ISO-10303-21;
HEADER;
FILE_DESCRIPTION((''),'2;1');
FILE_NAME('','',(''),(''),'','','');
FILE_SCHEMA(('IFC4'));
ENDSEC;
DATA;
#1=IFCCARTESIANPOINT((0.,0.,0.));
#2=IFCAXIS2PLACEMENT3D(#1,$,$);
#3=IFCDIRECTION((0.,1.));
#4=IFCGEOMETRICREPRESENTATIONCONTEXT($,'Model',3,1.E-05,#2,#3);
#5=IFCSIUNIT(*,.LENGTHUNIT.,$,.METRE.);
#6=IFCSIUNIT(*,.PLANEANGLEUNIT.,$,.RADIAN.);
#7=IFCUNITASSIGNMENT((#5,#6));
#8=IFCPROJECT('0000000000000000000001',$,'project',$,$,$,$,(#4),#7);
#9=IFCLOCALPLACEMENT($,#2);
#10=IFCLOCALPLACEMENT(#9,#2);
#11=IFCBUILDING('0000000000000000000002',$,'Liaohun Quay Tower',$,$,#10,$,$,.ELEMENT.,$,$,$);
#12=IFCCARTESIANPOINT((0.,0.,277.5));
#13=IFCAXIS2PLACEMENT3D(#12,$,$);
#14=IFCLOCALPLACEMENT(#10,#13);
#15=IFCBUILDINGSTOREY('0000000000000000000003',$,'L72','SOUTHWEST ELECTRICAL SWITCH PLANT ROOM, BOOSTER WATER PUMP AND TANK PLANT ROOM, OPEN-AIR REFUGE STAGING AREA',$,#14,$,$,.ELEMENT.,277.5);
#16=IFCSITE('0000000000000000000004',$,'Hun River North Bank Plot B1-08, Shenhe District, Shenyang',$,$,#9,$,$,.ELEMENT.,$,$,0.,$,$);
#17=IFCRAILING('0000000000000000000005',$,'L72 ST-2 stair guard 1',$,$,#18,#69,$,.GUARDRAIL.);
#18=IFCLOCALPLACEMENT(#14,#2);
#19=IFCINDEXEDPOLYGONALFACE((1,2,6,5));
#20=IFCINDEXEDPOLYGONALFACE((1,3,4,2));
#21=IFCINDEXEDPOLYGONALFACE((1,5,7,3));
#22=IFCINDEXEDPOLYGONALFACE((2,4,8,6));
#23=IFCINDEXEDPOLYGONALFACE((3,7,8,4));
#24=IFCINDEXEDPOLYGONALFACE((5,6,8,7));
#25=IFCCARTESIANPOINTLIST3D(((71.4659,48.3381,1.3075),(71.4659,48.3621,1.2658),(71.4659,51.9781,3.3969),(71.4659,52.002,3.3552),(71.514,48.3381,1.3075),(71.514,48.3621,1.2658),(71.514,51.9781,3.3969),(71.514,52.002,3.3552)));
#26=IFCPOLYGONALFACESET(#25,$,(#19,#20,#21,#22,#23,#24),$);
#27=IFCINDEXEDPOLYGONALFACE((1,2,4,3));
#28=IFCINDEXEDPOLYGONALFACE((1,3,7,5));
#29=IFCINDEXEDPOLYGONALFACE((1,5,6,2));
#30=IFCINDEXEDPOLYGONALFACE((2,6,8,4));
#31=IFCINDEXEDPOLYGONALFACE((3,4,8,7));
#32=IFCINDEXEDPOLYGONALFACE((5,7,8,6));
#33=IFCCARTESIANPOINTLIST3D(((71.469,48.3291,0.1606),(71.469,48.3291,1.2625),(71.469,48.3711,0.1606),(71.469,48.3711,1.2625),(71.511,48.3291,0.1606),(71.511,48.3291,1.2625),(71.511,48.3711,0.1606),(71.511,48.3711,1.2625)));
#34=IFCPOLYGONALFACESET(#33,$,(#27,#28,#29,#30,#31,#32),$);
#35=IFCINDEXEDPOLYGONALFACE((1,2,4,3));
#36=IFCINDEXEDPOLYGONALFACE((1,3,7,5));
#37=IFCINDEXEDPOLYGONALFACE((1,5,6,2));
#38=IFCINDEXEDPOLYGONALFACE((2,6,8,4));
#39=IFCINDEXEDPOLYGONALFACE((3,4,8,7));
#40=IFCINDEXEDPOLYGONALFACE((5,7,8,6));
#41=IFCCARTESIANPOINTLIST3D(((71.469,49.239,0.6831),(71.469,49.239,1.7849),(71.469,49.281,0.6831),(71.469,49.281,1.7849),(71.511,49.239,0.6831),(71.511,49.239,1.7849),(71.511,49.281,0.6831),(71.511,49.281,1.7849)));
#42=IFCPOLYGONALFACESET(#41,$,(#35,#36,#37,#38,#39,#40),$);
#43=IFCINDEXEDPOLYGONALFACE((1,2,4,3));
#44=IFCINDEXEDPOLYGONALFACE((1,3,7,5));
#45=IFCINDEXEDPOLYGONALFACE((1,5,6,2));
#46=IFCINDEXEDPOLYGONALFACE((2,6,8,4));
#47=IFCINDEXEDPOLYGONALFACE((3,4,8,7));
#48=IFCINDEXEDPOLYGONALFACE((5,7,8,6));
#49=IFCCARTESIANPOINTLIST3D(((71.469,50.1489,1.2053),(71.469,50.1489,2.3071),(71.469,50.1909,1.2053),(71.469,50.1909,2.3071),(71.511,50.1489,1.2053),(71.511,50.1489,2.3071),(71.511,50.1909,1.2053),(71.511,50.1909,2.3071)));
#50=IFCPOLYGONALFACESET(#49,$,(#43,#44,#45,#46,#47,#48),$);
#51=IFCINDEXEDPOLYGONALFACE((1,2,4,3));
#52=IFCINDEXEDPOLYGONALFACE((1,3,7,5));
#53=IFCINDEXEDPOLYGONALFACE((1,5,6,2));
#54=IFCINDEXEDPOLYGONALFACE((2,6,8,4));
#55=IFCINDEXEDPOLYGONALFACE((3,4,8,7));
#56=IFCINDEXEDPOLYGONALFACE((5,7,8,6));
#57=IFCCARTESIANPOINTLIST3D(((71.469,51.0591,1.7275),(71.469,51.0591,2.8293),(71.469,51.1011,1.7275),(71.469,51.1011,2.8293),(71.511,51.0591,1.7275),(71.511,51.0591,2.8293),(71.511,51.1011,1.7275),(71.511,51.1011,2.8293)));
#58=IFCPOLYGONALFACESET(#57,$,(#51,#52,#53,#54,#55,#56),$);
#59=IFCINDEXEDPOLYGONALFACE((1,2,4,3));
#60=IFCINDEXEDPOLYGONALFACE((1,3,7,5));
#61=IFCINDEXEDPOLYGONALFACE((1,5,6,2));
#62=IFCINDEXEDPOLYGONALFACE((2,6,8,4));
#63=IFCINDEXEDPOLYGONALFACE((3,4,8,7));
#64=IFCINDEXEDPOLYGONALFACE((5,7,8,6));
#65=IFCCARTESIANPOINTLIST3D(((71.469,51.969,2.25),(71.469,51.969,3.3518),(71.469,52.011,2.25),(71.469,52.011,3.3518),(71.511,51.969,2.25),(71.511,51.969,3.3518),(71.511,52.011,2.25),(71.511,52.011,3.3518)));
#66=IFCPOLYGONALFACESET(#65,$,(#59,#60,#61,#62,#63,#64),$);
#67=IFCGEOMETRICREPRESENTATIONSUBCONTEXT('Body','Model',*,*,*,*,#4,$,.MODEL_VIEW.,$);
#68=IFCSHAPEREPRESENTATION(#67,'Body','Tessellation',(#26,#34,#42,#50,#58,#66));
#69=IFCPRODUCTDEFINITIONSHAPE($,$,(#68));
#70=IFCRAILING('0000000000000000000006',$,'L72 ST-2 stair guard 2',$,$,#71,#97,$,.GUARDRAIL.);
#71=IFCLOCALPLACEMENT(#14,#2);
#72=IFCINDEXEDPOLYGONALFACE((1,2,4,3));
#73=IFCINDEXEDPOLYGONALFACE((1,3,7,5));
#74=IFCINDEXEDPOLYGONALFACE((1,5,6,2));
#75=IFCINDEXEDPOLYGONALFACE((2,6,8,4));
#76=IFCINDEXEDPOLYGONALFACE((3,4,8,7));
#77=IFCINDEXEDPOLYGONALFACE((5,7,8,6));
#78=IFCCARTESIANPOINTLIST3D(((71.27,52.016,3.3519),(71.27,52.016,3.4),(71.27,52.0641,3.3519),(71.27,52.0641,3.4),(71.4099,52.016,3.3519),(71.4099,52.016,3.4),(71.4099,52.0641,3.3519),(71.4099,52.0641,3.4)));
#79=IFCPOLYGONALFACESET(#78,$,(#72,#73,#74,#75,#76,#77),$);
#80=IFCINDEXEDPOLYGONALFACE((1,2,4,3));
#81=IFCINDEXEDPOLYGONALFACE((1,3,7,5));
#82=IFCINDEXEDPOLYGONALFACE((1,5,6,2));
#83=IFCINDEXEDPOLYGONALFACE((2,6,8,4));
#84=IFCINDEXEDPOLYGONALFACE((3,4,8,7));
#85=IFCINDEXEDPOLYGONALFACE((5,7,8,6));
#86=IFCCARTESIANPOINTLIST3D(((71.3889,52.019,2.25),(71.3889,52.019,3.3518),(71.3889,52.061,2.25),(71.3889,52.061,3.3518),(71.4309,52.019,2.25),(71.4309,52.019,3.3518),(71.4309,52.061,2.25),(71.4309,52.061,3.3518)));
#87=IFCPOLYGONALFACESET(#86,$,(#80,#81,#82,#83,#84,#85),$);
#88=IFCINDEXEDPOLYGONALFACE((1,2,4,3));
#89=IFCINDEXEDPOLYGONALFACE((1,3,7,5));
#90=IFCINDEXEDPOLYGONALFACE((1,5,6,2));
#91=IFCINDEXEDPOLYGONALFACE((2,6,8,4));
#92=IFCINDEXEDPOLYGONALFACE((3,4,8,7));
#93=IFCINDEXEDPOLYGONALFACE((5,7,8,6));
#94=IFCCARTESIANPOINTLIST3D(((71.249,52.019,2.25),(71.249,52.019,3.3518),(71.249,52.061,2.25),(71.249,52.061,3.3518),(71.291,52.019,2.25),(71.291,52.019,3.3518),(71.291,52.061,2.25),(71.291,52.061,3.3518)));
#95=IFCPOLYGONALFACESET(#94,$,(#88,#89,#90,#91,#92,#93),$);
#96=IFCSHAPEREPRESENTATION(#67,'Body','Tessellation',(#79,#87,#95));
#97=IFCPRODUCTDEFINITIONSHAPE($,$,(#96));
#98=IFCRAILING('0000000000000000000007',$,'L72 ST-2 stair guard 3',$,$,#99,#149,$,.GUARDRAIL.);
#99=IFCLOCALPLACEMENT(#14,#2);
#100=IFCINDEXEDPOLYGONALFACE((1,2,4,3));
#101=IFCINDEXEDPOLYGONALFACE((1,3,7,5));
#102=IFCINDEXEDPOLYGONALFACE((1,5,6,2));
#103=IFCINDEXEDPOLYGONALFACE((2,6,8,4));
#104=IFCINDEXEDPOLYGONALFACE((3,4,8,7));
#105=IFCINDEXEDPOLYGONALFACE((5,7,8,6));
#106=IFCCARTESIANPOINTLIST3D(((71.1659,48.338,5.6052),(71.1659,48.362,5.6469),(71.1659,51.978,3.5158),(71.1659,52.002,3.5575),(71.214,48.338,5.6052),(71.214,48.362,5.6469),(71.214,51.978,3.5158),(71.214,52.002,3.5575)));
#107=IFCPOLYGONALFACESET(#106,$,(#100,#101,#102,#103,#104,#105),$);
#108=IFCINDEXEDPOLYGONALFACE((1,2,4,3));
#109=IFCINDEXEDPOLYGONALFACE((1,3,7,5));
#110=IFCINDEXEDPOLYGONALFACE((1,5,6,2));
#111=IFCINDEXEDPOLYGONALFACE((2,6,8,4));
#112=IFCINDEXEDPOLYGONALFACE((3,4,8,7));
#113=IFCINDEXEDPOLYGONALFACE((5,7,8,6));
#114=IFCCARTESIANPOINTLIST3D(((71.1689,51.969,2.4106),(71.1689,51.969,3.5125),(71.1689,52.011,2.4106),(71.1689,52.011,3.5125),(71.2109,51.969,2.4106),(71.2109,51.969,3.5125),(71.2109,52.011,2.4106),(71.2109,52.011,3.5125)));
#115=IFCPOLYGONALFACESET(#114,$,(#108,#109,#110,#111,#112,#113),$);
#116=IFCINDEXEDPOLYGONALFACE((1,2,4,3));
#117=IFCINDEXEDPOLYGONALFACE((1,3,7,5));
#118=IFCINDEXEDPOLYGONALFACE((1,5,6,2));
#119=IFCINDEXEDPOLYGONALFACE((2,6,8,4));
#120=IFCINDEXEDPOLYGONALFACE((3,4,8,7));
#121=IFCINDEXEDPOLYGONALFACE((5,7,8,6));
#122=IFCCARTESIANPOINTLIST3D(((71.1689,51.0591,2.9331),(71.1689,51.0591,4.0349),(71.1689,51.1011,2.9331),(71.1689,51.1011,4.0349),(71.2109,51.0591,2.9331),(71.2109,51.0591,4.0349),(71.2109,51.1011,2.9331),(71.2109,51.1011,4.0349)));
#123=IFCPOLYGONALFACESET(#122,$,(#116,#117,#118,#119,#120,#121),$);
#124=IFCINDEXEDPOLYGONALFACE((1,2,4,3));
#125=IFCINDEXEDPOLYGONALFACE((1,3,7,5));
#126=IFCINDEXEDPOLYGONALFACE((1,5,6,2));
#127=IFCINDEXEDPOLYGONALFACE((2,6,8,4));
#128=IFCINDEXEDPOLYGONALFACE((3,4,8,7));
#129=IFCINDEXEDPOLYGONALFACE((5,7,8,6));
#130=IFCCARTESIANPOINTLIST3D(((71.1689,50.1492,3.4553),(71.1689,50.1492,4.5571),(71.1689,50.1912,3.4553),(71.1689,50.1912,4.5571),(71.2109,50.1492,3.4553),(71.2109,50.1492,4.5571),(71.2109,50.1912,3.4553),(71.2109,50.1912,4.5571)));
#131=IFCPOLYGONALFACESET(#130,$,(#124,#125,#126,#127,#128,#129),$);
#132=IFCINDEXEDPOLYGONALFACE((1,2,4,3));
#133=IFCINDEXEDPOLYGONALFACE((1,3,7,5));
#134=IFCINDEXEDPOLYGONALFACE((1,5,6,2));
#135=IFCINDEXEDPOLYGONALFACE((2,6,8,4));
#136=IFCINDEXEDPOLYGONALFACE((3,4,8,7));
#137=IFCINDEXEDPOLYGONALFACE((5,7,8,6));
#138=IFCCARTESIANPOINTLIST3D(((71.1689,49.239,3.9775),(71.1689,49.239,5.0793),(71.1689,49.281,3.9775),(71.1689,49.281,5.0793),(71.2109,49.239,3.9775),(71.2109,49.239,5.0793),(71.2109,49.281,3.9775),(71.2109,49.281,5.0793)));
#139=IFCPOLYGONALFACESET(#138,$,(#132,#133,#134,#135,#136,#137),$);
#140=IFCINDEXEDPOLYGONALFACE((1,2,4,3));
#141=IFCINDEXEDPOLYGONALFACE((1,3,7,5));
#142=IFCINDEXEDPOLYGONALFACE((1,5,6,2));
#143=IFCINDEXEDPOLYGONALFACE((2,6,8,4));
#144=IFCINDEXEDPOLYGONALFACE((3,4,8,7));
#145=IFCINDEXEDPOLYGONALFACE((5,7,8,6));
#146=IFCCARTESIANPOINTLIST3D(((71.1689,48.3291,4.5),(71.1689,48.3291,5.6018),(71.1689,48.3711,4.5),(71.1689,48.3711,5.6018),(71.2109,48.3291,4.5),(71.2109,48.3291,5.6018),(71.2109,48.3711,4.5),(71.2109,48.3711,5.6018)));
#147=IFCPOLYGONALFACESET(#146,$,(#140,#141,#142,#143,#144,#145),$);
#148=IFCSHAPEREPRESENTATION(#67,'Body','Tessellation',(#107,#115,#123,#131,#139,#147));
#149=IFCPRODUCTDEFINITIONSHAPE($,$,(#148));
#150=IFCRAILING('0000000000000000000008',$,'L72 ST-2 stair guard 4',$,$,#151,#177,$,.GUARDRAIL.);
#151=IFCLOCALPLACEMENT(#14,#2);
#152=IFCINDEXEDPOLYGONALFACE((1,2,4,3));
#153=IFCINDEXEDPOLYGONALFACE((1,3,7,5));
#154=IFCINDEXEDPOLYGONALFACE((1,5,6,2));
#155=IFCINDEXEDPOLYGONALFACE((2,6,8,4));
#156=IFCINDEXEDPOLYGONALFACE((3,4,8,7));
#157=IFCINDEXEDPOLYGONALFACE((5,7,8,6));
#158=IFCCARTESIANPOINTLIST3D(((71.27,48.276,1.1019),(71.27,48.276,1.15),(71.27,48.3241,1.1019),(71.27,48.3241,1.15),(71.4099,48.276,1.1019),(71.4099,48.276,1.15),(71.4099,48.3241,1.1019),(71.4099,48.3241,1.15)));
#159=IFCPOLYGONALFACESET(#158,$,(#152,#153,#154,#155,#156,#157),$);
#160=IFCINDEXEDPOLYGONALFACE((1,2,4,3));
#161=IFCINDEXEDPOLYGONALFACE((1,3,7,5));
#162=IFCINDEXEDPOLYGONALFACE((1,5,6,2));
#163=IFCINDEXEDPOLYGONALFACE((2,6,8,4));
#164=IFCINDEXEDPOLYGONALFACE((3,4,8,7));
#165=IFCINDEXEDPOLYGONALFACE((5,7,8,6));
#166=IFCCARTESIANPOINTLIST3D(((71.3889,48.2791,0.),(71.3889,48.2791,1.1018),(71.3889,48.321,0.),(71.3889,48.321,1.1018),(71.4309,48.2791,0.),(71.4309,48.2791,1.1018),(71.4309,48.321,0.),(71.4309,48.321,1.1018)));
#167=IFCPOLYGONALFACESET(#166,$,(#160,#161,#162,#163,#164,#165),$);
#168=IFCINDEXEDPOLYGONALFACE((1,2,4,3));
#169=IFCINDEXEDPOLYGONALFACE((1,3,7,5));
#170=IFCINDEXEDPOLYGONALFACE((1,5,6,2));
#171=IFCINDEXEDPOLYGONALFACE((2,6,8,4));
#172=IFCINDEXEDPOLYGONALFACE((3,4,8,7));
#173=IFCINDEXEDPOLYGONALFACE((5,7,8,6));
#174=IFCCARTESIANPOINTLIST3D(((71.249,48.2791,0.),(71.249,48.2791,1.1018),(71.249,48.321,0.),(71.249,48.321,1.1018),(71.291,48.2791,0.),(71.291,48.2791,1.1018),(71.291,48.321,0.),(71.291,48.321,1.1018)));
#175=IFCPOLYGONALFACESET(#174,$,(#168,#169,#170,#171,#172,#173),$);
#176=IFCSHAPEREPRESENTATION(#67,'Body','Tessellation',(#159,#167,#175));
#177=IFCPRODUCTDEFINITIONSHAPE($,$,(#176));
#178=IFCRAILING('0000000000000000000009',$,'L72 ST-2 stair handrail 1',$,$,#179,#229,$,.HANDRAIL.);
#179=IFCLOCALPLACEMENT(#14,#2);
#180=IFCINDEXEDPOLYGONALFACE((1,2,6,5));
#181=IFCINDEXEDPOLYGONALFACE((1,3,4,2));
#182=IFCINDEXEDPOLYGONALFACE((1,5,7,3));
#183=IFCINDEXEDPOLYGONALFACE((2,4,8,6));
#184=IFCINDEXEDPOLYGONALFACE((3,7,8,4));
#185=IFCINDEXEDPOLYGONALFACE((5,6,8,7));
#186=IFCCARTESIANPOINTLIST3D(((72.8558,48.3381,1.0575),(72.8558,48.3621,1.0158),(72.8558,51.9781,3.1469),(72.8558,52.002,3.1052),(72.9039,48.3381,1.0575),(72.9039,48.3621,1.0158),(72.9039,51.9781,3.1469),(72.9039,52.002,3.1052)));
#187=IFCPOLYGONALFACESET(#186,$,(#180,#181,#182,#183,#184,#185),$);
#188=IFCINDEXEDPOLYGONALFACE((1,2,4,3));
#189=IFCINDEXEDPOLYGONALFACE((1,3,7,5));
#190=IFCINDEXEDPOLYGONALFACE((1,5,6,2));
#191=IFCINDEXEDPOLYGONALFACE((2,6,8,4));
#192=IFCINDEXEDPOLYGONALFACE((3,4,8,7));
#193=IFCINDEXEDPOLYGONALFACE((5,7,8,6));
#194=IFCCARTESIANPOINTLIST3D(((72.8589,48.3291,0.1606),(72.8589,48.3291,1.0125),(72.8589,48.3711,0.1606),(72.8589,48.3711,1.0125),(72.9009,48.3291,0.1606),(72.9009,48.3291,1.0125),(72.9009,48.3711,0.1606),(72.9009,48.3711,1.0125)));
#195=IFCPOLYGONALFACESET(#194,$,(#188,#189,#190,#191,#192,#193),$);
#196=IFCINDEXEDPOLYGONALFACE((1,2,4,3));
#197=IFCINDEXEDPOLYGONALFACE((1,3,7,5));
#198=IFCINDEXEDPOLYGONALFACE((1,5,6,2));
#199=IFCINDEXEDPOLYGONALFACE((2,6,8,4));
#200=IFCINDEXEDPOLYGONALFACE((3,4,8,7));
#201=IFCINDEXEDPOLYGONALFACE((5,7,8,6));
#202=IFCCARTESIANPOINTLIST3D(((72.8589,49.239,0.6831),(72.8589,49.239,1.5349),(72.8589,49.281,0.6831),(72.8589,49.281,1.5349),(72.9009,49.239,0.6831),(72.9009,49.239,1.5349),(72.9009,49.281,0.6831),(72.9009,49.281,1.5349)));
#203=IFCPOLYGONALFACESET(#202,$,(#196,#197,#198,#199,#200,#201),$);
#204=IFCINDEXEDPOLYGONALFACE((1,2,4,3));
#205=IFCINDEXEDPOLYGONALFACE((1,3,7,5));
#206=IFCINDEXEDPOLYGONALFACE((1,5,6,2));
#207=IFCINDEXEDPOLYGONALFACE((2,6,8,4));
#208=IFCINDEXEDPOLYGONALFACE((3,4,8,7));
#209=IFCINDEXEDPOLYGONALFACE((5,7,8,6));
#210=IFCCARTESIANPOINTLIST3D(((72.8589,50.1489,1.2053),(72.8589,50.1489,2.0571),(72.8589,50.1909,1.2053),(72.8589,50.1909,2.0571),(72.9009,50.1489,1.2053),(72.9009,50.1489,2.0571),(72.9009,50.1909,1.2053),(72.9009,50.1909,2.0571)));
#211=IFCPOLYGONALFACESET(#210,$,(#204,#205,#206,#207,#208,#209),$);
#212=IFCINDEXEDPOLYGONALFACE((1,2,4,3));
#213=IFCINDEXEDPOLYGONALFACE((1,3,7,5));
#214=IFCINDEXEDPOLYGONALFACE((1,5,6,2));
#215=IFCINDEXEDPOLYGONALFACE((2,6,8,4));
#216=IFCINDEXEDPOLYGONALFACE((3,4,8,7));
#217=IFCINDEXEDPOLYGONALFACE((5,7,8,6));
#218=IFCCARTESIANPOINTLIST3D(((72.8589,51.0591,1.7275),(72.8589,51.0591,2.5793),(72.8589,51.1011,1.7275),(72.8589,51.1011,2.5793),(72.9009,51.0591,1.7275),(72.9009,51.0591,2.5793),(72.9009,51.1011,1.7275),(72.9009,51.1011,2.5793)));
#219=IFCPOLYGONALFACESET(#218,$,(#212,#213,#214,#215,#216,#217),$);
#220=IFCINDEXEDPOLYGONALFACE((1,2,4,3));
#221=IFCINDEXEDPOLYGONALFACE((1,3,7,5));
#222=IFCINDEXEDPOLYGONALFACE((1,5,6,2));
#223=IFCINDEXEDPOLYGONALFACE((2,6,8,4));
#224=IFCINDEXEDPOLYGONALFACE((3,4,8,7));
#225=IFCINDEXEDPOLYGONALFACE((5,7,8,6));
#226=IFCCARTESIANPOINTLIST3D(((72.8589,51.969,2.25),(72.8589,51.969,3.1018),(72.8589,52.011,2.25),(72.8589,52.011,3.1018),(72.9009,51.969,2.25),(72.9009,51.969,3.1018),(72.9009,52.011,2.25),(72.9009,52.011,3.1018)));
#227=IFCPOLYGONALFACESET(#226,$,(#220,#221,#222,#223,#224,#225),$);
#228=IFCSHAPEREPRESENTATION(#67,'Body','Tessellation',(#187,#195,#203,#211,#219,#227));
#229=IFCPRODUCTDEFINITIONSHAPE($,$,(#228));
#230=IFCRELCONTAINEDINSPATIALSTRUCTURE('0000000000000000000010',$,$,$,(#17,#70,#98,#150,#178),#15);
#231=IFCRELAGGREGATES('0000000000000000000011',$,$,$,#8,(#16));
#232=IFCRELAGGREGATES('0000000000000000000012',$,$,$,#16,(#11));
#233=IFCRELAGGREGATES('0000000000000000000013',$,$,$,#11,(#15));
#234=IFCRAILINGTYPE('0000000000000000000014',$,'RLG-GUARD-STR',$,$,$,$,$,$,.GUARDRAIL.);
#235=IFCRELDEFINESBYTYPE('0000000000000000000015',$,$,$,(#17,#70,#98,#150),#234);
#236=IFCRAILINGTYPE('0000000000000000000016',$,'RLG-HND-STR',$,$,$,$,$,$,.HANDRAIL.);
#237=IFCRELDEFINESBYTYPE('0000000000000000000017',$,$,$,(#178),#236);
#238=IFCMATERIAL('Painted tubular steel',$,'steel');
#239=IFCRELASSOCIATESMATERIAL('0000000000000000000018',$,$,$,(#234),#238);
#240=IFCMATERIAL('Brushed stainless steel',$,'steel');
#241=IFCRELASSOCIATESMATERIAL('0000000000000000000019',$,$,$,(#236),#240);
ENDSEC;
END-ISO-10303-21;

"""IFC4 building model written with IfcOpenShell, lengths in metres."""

from ifc_helpers import new_model, si_unit, direction, frame, origin, origin_2d, place, context, subcontext, project, spatial, rectangle, extrude, material, type_object, element, save


model = new_model("IFC4")

# Units and contexts
model_context = context("Model", 3, precision=1e-05, world=origin(), true_north=direction((0.0, 1.0)))
body_context = subcontext(model_context, "Body", "Model", "MODEL_VIEW")
ifc_project = project(units=[si_unit("LENGTHUNIT", "METRE"), si_unit("PLANEANGLEUNIT", "RADIAN")], contexts=[model_context])

# Site, building, storey
site_placement = place(None, origin())
site = spatial("IfcSite", under=ifc_project, at=site_placement, Name="Hun River North Bank Plot B1-08, Shenhe District, Shenyang", CompositionType="ELEMENT", RefElevation=0.0)
building_placement = place(site_placement, origin())
building = spatial("IfcBuilding", under=site, at=building_placement, Name="Liaohun Quay Tower", CompositionType="ELEMENT")
storey_placement = place(building_placement, frame((0.0, 0.0, 277.5)))
storey = spatial("IfcBuildingStorey", under=building, at=storey_placement, Name="L72", Description="SOUTHWEST ELECTRICAL SWITCH PLANT ROOM, BOOSTER WATER PUMP AND TANK PLANT ROOM, OPEN-AIR REFUGE STAGING AREA", CompositionType="ELEMENT", Elevation=277.5)

# Railings
ifc_material_1 = material(Name="Painted tubular steel", Category="steel")
railing_type_1 = type_object("IfcRailingType", Name="RLG-GUARD-STR", PredefinedType="GUARDRAIL", material=ifc_material_1)
railing_1_placement = place(storey_placement, frame((71.49, 48.3501, 0.1606)))
element("IfcRailing", 1, at=railing_1_placement, inside=storey, type_object=railing_type_1, Name="L72 ST-2 stair guard 1", PredefinedType="GUARDRAIL", context=body_context, shape_type="SweptSolid", body=[
    extrude(rectangle(XDim=0.0481, YDim=0.0481, at=origin_2d()), frame((0.0, 0.0, 1.126), z_axis=(0.0, 0.867275, 0.497829), x_axis=(-1.0, 0.0, 0.0)), (0.0, 0.0, 1.0), 4.197),
    extrude(rectangle(XDim=0.042, YDim=0.042, at=origin_2d()), origin(), (0.0, 0.0, 1.0), 1.1018),
    extrude(rectangle(XDim=0.042, YDim=0.042, at=origin_2d()), frame((0.0, 0.9099, 0.5225)), (0.0, 0.0, 1.0), 1.1018),
    extrude(rectangle(XDim=0.042, YDim=0.042, at=origin_2d()), frame((0.0, 1.8198, 1.0447)), (0.0, 0.0, 1.0), 1.1018),
    extrude(rectangle(XDim=0.042, YDim=0.042, at=origin_2d()), frame((0.0, 2.73, 1.5669)), (0.0, 0.0, 1.0), 1.1018),
    extrude(rectangle(XDim=0.042, YDim=0.042, at=origin_2d()), frame((0.0, 3.6399, 2.0894)), (0.0, 0.0, 1.0), 1.1018),
])
railing_2_placement = place(storey_placement, frame((71.4099, 52.04, 2.25)))
element("IfcRailing", 2, at=railing_2_placement, inside=storey, type_object=railing_type_1, Name="L72 ST-2 stair guard 2", PredefinedType="GUARDRAIL", context=body_context, shape_type="SweptSolid", body=[
    extrude(rectangle(XDim=0.0481, YDim=0.0481, at=origin_2d()), frame((0.0, 0.0, 1.126), z_axis=(-1.0, 0.0, 0.0), x_axis=(0.0, -1.0, 0.0)), (0.0, 0.0, 1.0), 0.1399),
    extrude(rectangle(XDim=0.042, YDim=0.042, at=origin_2d()), origin(), (0.0, 0.0, 1.0), 1.1018),
    extrude(rectangle(XDim=0.042, YDim=0.042, at=origin_2d()), frame((-0.1399, 0.0, 0.0)), (0.0, 0.0, 1.0), 1.1018),
])
railing_3_placement = place(storey_placement, frame((71.1899, 51.99, 2.4106)))
element("IfcRailing", 3, at=railing_3_placement, inside=storey, type_object=railing_type_1, Name="L72 ST-2 stair guard 3", PredefinedType="GUARDRAIL", context=body_context, shape_type="SweptSolid", body=[
    extrude(rectangle(XDim=0.0481, YDim=0.0481, at=origin_2d()), frame((0.0, 0.0, 1.126), z_axis=(0.0, -0.867275, 0.497829), x_axis=(1.0, 0.0, 0.0)), (0.0, 0.0, 1.0), 4.197),
    extrude(rectangle(XDim=0.042, YDim=0.042, at=origin_2d()), origin(), (0.0, 0.0, 1.0), 1.1018),
    extrude(rectangle(XDim=0.042, YDim=0.042, at=origin_2d()), frame((0.0, -0.9099, 0.5225)), (0.0, 0.0, 1.0), 1.1018),
    extrude(rectangle(XDim=0.042, YDim=0.042, at=origin_2d()), frame((0.0, -1.8198, 1.0447)), (0.0, 0.0, 1.0), 1.1018),
    extrude(rectangle(XDim=0.042, YDim=0.042, at=origin_2d()), frame((0.0, -2.73, 1.5669)), (0.0, 0.0, 1.0), 1.1018),
    extrude(rectangle(XDim=0.042, YDim=0.042, at=origin_2d()), frame((0.0, -3.6399, 2.0894)), (0.0, 0.0, 1.0), 1.1018),
])
railing_4_placement = place(storey_placement, frame((71.4099, 48.3, 0.0)))
element("IfcRailing", 4, at=railing_4_placement, inside=storey, type_object=railing_type_1, Name="L72 ST-2 stair guard 4", PredefinedType="GUARDRAIL", context=body_context, shape_type="SweptSolid", body=[
    extrude(rectangle(XDim=0.0481, YDim=0.0481, at=origin_2d()), frame((0.0, 0.0, 1.126), z_axis=(-1.0, 0.0, 0.0), x_axis=(0.0, -1.0, 0.0)), (0.0, 0.0, 1.0), 0.1399),
    extrude(rectangle(XDim=0.042, YDim=0.042, at=origin_2d()), origin(), (0.0, 0.0, 1.0), 1.1018),
    extrude(rectangle(XDim=0.042, YDim=0.042, at=origin_2d()), frame((-0.1399, 0.0, 0.0)), (0.0, 0.0, 1.0), 1.1018),
])
ifc_material_2 = material(Name="Brushed stainless steel", Category="steel")
railing_type_2 = type_object("IfcRailingType", Name="RLG-HND-STR", PredefinedType="HANDRAIL", material=ifc_material_2)
railing_5_placement = place(storey_placement, frame((72.8799, 48.3501, 0.1606)))
element("IfcRailing", 5, at=railing_5_placement, inside=storey, type_object=railing_type_2, Name="L72 ST-2 stair handrail 1", PredefinedType="HANDRAIL", context=body_context, shape_type="SweptSolid", body=[
    extrude(rectangle(XDim=0.0481, YDim=0.0481, at=origin_2d()), frame((0.0, 0.0, 0.876), z_axis=(0.0, 0.867275, 0.497829), x_axis=(-1.0, 0.0, 0.0)), (0.0, 0.0, 1.0), 4.197),
    extrude(rectangle(XDim=0.042, YDim=0.042, at=origin_2d()), origin(), (0.0, 0.0, 1.0), 0.8518),
    extrude(rectangle(XDim=0.042, YDim=0.042, at=origin_2d()), frame((0.0, 0.9099, 0.5225)), (0.0, 0.0, 1.0), 0.8518),
    extrude(rectangle(XDim=0.042, YDim=0.042, at=origin_2d()), frame((0.0, 1.8198, 1.0447)), (0.0, 0.0, 1.0), 0.8518),
    extrude(rectangle(XDim=0.042, YDim=0.042, at=origin_2d()), frame((0.0, 2.73, 1.5669)), (0.0, 0.0, 1.0), 0.8518),
    extrude(rectangle(XDim=0.042, YDim=0.042, at=origin_2d()), frame((0.0, 3.6399, 2.0894)), (0.0, 0.0, 1.0), 0.8518),
])

save(model, "model.ifc")
